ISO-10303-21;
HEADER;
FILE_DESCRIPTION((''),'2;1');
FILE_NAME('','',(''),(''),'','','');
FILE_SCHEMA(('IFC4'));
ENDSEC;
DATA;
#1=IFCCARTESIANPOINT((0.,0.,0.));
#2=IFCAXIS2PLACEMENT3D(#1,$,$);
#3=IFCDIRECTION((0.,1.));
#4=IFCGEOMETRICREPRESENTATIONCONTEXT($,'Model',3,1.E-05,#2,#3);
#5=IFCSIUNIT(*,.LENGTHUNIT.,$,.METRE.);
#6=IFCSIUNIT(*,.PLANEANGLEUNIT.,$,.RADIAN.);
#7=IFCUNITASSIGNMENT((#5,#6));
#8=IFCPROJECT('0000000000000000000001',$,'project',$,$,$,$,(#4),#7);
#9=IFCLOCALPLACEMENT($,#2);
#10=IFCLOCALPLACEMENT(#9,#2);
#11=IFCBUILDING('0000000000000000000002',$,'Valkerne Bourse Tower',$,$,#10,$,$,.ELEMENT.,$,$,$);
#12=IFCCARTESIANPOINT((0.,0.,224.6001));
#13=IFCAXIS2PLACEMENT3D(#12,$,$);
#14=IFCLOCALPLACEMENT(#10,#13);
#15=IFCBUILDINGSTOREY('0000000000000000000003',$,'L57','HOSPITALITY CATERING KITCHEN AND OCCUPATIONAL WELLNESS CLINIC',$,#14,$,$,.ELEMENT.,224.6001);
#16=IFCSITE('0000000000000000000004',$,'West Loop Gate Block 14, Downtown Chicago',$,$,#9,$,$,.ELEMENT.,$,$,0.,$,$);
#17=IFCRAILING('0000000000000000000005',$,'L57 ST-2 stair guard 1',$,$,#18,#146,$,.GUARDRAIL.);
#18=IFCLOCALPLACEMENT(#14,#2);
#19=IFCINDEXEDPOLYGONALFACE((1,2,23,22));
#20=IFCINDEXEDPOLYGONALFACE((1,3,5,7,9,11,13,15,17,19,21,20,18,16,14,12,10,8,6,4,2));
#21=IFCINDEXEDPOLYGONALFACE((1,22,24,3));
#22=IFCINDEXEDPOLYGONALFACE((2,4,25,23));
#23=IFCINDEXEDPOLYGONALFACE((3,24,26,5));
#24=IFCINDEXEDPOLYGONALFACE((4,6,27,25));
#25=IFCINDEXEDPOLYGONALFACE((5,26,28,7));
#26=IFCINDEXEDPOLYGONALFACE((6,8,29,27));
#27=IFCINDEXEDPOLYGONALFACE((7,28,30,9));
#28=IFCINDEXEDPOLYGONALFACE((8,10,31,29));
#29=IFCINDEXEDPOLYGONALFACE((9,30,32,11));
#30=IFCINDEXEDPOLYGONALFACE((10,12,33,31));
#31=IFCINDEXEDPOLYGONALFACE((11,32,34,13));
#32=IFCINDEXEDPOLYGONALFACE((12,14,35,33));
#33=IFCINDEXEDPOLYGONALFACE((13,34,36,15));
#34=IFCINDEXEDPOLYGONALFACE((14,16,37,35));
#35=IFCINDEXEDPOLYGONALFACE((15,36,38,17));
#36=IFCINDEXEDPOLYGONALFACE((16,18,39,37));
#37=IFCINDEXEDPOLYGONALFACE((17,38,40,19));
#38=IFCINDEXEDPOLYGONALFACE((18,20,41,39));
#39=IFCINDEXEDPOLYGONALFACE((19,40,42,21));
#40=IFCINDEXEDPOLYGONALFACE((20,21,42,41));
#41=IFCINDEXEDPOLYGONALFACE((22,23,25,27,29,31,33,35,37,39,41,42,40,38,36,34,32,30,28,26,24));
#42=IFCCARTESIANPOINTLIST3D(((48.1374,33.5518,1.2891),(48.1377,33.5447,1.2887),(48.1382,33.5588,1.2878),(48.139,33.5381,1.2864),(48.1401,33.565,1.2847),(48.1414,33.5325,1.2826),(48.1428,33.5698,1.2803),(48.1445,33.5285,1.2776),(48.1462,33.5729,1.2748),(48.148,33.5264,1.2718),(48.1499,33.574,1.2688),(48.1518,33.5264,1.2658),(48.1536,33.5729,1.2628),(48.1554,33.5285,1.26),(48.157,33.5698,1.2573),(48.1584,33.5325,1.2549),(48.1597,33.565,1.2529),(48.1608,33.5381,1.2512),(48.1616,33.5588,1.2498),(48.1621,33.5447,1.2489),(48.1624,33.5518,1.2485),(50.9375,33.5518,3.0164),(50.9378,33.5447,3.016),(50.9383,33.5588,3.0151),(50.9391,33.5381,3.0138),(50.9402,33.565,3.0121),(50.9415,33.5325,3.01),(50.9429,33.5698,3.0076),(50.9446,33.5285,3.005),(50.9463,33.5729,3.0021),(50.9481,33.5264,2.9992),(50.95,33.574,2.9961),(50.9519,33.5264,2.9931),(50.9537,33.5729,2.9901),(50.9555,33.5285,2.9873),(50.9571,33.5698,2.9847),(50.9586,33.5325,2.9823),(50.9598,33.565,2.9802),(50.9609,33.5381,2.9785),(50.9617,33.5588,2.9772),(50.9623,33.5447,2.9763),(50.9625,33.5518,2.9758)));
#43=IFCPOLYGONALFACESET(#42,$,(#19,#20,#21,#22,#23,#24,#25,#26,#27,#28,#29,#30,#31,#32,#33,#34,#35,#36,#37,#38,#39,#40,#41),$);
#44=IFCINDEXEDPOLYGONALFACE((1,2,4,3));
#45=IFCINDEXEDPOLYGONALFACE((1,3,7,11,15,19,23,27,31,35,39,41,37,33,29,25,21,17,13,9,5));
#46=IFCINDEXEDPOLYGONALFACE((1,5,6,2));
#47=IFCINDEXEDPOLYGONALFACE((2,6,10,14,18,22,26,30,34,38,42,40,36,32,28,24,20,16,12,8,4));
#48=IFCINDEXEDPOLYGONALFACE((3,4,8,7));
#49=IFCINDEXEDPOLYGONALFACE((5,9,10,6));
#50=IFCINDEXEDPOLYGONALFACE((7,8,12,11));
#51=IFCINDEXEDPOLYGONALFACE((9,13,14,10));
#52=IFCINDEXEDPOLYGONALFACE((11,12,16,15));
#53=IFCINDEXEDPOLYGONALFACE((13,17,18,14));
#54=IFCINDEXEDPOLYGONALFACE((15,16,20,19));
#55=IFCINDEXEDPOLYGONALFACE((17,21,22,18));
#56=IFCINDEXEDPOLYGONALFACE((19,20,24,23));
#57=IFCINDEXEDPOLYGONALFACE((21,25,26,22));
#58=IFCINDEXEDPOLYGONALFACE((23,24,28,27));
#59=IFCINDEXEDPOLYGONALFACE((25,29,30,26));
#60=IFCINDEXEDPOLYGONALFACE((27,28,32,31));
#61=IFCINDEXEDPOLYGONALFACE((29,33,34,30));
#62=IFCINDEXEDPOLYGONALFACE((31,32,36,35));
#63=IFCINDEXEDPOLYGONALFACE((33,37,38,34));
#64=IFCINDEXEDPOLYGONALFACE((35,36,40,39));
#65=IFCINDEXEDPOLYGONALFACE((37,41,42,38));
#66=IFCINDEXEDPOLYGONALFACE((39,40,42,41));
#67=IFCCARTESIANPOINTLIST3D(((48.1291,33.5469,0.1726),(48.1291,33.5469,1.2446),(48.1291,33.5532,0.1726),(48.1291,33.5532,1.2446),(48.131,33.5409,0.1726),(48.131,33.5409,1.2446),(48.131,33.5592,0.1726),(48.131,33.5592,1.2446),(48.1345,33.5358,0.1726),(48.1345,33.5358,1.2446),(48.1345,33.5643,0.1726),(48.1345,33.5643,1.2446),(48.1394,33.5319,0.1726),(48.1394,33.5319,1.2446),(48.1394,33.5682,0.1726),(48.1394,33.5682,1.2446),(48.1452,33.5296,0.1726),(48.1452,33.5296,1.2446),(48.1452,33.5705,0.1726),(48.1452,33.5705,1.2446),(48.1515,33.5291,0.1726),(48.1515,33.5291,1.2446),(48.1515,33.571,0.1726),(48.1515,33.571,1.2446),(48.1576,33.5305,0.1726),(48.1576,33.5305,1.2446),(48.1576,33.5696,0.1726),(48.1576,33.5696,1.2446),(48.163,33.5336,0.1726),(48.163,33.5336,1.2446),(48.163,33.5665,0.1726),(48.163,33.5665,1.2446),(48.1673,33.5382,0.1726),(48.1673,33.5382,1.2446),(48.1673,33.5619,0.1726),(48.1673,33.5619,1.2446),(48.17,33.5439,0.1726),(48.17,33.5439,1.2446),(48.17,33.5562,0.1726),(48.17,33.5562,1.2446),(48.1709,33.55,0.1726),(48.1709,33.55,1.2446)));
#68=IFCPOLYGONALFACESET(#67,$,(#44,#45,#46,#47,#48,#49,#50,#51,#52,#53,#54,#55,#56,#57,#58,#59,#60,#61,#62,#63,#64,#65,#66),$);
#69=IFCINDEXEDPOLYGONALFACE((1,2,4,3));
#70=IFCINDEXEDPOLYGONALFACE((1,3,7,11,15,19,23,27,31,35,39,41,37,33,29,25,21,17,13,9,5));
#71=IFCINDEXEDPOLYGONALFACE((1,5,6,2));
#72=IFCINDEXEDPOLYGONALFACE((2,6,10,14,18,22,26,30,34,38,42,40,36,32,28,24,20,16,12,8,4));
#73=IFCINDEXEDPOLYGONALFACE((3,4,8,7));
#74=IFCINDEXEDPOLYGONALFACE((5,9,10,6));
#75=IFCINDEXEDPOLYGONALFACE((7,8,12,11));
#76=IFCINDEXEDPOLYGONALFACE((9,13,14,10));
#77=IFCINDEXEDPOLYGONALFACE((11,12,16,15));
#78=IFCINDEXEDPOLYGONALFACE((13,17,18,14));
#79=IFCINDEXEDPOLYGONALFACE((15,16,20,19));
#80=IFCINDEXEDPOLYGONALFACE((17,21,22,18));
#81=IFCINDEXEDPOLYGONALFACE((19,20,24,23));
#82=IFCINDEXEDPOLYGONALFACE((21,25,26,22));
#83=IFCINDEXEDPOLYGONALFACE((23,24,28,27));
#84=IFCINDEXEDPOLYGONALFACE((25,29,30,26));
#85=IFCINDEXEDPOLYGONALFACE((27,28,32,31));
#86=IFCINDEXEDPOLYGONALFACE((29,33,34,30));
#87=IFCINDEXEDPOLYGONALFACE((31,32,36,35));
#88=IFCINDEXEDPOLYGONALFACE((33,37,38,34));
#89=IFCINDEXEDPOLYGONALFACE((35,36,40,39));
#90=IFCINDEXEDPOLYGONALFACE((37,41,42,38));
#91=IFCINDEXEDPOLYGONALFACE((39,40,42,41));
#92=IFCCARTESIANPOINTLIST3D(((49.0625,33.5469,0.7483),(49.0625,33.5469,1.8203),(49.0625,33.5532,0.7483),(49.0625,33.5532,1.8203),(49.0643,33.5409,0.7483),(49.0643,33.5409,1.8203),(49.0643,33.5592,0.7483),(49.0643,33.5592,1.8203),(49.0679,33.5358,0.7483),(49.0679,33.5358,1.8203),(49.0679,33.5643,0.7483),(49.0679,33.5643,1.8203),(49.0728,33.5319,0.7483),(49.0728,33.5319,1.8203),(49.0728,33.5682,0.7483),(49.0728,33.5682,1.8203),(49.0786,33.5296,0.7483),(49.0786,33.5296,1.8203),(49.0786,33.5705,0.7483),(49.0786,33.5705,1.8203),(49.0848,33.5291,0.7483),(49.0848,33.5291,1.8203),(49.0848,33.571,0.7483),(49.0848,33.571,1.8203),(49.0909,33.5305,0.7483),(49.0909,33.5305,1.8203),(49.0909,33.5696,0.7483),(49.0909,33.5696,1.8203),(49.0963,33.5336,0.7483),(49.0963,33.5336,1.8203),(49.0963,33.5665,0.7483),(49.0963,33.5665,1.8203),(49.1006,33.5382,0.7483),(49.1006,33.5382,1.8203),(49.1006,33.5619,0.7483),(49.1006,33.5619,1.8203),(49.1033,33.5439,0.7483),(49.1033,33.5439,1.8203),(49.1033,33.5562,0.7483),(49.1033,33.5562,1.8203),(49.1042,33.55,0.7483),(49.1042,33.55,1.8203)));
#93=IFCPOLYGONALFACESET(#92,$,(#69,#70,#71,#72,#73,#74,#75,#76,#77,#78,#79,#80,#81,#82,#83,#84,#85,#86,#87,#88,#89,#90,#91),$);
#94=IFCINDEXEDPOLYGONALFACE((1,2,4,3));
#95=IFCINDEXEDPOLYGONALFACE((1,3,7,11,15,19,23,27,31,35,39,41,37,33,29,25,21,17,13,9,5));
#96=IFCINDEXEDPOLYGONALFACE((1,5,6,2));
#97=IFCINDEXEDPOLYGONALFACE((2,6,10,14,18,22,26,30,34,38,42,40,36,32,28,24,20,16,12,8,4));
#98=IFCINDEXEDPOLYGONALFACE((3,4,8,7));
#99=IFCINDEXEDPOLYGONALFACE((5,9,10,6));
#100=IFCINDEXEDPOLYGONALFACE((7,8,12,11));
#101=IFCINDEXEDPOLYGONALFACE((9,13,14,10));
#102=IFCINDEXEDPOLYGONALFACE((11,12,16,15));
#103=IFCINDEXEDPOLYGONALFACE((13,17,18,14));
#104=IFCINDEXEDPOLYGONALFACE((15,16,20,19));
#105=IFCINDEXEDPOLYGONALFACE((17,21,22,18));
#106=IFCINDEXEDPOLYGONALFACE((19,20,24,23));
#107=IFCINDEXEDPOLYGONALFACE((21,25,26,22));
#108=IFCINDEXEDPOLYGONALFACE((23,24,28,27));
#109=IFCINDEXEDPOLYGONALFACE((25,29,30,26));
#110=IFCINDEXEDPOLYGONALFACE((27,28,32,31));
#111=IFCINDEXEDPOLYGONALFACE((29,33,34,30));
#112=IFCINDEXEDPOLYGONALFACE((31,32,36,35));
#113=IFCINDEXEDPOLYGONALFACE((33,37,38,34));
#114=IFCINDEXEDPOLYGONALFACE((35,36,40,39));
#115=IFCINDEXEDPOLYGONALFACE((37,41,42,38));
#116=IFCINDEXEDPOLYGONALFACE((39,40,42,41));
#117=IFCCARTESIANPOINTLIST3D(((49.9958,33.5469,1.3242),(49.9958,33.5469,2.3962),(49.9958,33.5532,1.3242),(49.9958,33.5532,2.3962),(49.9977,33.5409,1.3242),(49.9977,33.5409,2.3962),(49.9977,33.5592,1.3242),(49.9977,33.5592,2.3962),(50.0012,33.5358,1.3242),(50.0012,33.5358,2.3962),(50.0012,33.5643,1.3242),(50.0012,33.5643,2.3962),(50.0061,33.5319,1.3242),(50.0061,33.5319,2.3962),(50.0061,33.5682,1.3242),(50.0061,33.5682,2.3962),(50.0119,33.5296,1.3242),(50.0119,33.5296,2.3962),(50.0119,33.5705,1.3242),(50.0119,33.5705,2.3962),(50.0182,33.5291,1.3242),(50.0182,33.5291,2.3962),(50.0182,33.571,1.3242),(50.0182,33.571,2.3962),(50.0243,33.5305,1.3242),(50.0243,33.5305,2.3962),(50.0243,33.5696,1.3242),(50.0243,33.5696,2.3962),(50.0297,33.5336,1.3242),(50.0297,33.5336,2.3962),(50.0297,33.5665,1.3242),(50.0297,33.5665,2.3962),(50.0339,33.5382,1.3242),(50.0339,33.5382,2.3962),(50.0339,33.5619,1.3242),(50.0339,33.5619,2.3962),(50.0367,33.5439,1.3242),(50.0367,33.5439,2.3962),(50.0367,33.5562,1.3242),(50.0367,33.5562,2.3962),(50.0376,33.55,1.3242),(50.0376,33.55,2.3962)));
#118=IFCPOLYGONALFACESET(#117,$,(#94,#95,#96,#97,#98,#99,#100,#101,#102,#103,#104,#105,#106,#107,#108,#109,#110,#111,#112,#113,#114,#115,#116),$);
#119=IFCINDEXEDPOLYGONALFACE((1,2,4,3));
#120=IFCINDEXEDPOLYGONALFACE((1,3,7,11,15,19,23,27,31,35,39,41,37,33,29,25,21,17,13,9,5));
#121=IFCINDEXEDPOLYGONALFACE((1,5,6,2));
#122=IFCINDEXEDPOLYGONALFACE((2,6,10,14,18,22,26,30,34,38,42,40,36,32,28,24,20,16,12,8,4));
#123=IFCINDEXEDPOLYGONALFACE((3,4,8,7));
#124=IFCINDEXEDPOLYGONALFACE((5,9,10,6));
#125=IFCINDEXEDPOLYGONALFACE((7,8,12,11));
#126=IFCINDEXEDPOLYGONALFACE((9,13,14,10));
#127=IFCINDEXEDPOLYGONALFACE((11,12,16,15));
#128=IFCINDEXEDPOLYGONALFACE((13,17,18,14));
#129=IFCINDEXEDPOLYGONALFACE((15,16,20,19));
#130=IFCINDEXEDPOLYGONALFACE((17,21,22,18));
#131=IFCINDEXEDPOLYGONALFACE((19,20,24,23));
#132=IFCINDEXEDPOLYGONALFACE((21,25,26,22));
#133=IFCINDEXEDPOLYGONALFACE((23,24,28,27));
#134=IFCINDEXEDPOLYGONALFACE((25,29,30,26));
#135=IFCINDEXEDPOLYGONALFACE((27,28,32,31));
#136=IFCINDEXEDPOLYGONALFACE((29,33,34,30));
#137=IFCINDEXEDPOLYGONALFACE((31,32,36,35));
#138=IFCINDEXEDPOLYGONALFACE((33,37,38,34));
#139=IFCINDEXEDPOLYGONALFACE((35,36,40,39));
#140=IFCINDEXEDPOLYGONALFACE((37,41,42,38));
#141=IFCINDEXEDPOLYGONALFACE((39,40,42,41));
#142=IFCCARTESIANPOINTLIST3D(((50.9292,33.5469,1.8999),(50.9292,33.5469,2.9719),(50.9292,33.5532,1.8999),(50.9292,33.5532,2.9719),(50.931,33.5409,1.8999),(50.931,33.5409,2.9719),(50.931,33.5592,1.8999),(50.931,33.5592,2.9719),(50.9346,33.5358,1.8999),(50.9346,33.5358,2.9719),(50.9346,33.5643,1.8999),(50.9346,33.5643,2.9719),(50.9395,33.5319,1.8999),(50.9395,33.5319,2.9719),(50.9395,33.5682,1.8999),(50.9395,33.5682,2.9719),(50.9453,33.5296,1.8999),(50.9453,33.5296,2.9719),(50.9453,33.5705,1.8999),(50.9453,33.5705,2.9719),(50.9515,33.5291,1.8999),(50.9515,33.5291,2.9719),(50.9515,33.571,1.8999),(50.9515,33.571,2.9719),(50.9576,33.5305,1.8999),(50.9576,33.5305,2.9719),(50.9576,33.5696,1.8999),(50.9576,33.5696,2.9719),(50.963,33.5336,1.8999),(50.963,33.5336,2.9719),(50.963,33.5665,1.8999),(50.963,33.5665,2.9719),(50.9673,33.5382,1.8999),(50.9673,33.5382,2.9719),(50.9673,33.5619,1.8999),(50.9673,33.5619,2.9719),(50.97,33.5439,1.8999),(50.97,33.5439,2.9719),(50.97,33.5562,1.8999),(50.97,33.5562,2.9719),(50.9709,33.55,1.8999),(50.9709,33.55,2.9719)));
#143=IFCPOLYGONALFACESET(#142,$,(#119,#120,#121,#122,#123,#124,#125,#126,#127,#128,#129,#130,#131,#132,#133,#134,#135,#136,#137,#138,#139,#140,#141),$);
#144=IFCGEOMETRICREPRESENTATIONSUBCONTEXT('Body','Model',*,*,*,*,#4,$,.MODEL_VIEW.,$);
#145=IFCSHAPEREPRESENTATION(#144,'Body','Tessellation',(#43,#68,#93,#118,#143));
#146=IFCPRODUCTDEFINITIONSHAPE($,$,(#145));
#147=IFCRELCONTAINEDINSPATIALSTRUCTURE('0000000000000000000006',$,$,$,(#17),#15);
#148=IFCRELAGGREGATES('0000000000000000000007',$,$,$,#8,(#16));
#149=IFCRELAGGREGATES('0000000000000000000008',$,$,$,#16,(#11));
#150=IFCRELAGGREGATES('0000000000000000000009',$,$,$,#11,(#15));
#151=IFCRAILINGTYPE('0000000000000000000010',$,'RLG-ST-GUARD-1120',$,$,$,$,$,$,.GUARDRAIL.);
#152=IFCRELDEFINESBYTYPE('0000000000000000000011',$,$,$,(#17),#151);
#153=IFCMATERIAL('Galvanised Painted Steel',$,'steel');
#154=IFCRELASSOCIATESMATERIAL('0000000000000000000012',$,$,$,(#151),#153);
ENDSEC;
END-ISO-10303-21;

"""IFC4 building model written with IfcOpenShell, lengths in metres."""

from ifc_helpers import new_model, si_unit, direction, frame, origin, origin_2d, place, context, subcontext, project, spatial, circle, extrude, material, type_object, element, save


model = new_model("IFC4")

# Units and contexts
model_context = context("Model", 3, precision=1e-05, world=origin(), true_north=direction((0.0, 1.0)))
body_context = subcontext(model_context, "Body", "Model", "MODEL_VIEW")
ifc_project = project(units=[si_unit("LENGTHUNIT", "METRE"), si_unit("PLANEANGLEUNIT", "RADIAN")], contexts=[model_context])

# Site, building, storey
site_placement = place(None, origin())
site = spatial("IfcSite", under=ifc_project, at=site_placement, Name="West Loop Gate Block 14, Downtown Chicago", CompositionType="ELEMENT", RefElevation=0.0)
building_placement = place(site_placement, origin())
building = spatial("IfcBuilding", under=site, at=building_placement, Name="Valkerne Bourse Tower", CompositionType="ELEMENT")
storey_placement = place(building_placement, frame((0.0, 0.0, 224.6001)))
storey = spatial("IfcBuildingStorey", under=building, at=storey_placement, Name="L57", Description="HOSPITALITY CATERING KITCHEN AND OCCUPATIONAL WELLNESS CLINIC", CompositionType="ELEMENT", Elevation=224.6001)

# Shared definitions
ifc_material_1 = material(Name="Galvanised Painted Steel", Category="steel")

# Railing
railing_type_1 = type_object("IfcRailingType", Name="RLG-ST-GUARD-1120", PredefinedType="GUARDRAIL", material=ifc_material_1)
railing_1_placement = place(storey_placement, frame((48.1499, 33.55, 0.1726)))
element("IfcRailing", 1, at=railing_1_placement, inside=storey, type_object=railing_type_1, Name="L57 ST-2 stair guard 1", PredefinedType="GUARDRAIL", context=body_context, shape_type="SweptSolid", body=[
    extrude(circle(Radius=0.0239, at=origin_2d()), frame((0.0, 0.0, 1.0962), z_axis=(0.85109, 0.0, 0.52502), x_axis=(0.0, 1.0, 0.0)), (0.0, 0.0, 1.0), 3.29),
    extrude(circle(Radius=0.021, at=origin_2d()), origin(), (0.0, 0.0, 1.0), 1.072),
    extrude(circle(Radius=0.021, at=origin_2d()), frame((0.9333, 0.0, 0.5757)), (0.0, 0.0, 1.0), 1.072),
    extrude(circle(Radius=0.021, at=origin_2d()), frame((1.8667, 0.0, 1.1516)), (0.0, 0.0, 1.0), 1.072),
    extrude(circle(Radius=0.021, at=origin_2d()), frame((2.8, 0.0, 1.7273)), (0.0, 0.0, 1.0), 1.072),
])

save(model, "model.ifc")
